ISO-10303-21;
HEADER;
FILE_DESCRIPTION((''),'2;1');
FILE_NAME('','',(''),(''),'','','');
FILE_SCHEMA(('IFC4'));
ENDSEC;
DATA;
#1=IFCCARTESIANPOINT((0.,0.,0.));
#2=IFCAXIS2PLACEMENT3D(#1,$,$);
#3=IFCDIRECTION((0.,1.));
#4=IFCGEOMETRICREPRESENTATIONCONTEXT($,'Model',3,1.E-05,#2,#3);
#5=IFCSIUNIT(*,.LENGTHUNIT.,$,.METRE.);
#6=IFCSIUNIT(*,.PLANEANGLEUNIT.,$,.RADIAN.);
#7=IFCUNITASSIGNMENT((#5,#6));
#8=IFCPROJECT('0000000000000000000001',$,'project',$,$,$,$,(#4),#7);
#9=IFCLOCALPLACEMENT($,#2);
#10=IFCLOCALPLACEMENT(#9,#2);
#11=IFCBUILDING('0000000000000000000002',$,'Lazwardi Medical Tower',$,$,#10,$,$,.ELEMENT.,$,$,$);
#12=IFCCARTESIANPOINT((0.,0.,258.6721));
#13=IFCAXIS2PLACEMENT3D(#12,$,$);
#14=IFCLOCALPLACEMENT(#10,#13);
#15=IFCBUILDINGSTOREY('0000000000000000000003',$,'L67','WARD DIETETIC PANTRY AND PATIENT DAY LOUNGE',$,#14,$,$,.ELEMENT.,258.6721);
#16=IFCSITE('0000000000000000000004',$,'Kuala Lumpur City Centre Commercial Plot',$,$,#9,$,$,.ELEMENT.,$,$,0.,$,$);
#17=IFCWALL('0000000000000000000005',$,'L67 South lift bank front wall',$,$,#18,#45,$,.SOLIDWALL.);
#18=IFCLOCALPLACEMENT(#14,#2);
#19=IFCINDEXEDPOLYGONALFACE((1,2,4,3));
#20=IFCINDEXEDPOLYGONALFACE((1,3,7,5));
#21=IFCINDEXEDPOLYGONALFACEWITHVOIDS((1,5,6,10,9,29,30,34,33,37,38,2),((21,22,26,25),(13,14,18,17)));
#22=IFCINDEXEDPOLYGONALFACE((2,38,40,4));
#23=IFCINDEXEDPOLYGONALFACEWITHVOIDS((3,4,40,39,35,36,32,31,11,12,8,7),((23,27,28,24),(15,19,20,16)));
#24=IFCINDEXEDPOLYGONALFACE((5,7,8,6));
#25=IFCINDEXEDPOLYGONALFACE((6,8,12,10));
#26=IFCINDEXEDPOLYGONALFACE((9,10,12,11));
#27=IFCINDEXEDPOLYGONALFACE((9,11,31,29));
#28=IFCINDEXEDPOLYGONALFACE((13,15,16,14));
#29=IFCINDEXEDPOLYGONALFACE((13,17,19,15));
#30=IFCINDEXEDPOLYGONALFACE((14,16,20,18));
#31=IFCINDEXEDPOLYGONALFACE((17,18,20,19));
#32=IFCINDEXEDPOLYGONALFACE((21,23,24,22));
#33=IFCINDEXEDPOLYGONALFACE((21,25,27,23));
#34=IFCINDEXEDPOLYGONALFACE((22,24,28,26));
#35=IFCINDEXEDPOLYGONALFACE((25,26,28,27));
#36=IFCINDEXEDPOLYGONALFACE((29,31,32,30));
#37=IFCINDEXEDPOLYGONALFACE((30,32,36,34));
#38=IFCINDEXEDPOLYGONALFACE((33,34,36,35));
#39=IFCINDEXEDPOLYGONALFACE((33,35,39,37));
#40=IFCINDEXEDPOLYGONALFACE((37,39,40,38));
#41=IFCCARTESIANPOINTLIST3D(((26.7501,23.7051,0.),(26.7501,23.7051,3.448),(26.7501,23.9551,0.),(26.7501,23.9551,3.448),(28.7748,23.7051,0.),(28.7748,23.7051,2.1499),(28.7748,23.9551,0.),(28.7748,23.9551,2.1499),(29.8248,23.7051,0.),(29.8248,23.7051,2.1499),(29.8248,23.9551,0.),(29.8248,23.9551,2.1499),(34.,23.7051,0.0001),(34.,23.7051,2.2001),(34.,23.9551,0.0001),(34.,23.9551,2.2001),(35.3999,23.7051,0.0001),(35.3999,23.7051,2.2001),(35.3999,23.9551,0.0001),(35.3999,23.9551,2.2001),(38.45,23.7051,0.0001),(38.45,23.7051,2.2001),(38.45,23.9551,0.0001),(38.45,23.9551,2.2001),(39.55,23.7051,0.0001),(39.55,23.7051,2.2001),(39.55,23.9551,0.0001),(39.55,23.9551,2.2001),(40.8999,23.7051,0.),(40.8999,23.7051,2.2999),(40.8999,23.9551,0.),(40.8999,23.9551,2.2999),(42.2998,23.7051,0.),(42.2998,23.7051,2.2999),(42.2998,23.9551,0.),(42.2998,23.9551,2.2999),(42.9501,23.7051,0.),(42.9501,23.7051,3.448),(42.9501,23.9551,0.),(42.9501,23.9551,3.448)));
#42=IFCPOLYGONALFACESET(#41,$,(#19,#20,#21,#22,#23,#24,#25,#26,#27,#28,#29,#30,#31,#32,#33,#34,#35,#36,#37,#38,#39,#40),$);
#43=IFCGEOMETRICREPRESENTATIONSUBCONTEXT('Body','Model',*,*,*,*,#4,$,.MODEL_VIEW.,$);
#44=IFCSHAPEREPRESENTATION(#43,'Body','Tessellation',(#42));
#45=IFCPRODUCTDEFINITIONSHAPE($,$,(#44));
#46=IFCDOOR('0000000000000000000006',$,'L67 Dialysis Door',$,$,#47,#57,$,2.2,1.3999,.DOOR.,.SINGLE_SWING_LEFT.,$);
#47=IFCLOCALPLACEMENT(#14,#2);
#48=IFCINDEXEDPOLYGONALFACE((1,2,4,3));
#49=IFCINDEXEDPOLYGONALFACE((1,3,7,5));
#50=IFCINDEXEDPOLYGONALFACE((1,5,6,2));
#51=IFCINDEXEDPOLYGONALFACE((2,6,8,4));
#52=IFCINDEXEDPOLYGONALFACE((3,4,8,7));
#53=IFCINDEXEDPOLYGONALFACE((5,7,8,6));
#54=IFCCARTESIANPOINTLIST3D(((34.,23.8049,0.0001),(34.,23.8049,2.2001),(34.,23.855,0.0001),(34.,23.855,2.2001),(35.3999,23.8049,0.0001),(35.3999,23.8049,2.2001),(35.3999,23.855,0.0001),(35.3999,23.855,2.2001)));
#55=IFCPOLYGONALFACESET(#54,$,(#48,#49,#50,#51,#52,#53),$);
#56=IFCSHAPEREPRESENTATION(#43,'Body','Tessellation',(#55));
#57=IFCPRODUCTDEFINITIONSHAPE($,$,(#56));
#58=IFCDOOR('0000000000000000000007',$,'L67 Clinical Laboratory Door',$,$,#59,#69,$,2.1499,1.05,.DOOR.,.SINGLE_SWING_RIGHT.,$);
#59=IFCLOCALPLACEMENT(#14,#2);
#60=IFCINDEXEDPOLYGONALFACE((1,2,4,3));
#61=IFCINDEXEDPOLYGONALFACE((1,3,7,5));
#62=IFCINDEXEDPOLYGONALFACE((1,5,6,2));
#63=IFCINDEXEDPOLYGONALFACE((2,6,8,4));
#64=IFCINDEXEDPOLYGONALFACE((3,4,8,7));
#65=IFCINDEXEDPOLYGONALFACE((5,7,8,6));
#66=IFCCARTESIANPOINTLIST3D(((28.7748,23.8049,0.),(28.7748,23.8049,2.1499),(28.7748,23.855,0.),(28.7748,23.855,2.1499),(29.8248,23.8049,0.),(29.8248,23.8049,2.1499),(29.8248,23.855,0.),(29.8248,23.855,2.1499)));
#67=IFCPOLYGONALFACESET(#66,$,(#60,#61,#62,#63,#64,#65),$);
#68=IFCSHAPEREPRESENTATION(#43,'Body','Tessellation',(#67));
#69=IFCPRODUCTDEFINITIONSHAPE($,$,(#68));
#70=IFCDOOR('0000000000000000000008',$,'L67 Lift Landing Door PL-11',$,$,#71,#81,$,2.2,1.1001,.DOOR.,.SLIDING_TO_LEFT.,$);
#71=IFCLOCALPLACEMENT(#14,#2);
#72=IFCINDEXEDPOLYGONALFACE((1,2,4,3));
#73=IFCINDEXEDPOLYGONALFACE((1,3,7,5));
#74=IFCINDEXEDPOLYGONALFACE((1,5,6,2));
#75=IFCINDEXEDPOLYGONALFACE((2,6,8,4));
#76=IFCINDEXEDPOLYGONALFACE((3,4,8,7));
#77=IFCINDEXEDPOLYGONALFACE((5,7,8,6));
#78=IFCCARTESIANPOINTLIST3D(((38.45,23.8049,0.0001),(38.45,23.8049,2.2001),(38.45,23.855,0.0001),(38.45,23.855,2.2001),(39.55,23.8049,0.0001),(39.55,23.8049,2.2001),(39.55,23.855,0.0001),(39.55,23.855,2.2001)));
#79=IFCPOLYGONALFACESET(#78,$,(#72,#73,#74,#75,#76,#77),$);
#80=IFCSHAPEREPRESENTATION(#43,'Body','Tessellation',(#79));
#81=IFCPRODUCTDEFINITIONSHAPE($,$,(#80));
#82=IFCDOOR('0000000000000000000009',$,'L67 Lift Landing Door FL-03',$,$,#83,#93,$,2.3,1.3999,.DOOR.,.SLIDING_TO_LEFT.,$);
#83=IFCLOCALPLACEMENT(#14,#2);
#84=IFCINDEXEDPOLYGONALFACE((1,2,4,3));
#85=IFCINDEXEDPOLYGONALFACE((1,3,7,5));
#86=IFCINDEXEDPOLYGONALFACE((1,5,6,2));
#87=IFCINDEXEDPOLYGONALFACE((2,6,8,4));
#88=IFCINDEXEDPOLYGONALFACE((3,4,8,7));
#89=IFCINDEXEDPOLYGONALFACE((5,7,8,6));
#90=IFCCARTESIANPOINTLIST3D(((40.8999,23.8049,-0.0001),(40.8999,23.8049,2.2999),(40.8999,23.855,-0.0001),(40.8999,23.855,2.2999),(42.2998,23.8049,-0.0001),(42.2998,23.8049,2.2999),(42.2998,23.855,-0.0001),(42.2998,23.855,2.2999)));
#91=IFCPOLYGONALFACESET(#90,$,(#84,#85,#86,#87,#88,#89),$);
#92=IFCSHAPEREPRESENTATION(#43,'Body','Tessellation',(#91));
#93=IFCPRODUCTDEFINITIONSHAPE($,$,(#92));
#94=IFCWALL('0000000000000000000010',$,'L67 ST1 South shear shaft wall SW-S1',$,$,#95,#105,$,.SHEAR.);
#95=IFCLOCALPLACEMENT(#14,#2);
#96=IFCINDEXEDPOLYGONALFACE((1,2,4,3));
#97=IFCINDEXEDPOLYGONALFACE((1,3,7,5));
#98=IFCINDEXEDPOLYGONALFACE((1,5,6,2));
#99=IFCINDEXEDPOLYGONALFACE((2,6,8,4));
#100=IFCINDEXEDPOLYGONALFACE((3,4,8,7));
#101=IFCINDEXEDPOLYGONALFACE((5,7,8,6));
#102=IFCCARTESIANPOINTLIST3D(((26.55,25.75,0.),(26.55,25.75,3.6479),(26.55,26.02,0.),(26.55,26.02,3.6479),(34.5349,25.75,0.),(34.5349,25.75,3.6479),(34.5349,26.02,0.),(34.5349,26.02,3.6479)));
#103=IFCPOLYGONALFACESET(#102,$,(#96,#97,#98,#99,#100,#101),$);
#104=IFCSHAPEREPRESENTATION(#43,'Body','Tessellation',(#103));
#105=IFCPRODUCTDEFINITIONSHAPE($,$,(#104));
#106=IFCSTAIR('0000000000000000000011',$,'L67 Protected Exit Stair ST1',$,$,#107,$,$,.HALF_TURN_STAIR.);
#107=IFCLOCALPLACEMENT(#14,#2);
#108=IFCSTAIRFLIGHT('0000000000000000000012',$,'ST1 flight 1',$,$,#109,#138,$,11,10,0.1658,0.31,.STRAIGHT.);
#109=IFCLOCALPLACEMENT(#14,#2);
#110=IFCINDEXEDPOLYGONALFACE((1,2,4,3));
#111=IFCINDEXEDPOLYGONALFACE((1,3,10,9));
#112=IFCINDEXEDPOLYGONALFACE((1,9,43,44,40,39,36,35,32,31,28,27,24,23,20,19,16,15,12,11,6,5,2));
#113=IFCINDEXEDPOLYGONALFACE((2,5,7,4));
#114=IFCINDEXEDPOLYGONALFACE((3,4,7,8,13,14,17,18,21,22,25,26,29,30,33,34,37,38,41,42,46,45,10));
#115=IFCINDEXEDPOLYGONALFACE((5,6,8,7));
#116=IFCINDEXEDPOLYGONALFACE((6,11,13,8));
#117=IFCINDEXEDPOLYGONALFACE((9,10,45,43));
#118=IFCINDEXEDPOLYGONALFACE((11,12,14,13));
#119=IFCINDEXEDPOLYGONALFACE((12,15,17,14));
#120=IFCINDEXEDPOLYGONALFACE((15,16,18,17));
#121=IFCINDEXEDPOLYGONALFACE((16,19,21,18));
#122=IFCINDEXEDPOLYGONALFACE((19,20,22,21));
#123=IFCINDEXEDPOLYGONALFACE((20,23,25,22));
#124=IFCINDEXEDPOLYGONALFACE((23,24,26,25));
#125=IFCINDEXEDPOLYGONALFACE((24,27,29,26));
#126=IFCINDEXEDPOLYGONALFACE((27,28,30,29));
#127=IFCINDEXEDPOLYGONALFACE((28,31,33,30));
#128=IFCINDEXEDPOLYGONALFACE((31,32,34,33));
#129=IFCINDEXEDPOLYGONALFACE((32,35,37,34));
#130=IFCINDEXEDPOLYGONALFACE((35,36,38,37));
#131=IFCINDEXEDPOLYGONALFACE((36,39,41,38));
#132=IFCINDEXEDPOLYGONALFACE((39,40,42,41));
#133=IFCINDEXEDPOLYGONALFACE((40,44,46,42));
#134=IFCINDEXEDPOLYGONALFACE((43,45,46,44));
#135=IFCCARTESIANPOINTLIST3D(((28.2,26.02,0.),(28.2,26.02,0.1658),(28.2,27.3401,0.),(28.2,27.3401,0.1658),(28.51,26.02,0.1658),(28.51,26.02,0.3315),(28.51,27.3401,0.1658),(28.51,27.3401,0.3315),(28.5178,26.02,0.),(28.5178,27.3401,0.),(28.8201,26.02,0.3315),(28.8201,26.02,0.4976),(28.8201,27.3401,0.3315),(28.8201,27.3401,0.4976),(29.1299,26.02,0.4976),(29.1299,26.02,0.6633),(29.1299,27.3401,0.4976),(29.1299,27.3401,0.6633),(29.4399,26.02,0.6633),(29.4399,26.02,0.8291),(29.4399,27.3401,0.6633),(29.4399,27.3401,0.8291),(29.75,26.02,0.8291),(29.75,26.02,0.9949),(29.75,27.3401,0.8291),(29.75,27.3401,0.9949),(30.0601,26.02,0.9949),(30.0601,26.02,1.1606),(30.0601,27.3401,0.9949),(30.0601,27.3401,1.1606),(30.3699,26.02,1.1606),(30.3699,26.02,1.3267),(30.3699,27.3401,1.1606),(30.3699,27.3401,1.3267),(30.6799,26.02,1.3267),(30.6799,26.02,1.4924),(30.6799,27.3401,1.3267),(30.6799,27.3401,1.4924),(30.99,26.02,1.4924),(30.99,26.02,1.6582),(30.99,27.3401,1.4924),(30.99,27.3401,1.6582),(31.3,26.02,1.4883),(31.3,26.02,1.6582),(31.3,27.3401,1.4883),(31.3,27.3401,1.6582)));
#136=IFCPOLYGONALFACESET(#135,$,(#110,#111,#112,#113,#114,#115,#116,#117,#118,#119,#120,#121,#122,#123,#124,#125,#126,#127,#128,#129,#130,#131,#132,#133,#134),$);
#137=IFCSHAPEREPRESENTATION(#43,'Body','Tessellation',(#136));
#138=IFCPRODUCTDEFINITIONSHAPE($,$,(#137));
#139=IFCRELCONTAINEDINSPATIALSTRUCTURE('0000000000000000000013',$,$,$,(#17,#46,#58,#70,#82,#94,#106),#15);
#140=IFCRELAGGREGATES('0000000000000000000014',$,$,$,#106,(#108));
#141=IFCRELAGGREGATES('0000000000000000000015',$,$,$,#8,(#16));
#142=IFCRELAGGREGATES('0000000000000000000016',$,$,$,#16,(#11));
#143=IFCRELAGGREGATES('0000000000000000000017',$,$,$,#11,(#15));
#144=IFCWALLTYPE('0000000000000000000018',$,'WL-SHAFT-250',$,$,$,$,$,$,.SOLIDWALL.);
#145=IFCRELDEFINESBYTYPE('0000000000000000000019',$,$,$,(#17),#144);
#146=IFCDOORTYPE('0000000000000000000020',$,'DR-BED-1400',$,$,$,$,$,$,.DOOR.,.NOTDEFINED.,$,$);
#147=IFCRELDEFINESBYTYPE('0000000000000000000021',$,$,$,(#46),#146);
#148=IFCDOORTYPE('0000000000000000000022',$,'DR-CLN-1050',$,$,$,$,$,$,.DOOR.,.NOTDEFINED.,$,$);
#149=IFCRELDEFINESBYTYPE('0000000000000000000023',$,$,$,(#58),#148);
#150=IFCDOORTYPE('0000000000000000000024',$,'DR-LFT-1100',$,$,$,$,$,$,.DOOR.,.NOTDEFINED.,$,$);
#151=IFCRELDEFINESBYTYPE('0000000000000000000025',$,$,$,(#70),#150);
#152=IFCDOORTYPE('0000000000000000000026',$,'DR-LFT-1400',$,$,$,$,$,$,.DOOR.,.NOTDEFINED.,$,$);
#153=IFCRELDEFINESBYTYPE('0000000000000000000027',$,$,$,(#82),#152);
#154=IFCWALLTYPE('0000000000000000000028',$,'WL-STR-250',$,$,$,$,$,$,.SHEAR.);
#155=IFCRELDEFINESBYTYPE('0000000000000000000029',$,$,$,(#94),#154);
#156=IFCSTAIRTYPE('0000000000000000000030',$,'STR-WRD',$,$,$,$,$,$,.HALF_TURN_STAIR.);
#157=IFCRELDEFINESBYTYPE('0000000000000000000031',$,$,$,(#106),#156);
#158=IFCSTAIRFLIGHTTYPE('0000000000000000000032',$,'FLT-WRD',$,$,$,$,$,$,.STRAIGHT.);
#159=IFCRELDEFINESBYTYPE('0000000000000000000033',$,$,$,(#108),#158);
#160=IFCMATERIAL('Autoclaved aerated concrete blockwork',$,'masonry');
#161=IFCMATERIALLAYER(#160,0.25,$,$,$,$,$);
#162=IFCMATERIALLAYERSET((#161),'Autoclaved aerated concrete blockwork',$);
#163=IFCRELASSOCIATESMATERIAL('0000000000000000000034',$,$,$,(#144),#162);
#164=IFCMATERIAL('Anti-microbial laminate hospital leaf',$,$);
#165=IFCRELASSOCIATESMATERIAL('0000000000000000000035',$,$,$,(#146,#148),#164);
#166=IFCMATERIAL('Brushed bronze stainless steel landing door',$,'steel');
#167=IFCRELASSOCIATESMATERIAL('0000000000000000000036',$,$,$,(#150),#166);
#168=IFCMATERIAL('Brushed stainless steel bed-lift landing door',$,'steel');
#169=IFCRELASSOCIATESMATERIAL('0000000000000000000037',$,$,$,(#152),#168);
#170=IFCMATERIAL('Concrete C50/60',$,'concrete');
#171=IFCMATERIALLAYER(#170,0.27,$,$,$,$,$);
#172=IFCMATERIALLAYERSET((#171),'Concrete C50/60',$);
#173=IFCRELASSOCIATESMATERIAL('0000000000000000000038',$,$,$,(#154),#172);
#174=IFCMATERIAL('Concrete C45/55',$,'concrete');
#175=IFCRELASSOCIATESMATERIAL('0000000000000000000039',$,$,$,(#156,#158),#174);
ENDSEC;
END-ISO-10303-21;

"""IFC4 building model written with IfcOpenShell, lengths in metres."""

from ifc_helpers import new_model, si_unit, direction, frame, frame_2d, origin, place, context, subcontext, project, spatial, polyline, rectangle, outline, extrude, material, layer, layer_set, type_object, element, fill, aggregate, save


model = new_model("IFC4")

# Units and contexts
model_context = context("Model", 3, precision=1e-05, world=origin(), true_north=direction((0.0, 1.0)))
body_context = subcontext(model_context, "Body", "Model", "MODEL_VIEW")
ifc_project = project(units=[si_unit("LENGTHUNIT", "METRE"), si_unit("PLANEANGLEUNIT", "RADIAN")], contexts=[model_context])

# Site, building, storey
site_placement = place(None, origin())
site = spatial("IfcSite", under=ifc_project, at=site_placement, Name="Kuala Lumpur City Centre Commercial Plot", CompositionType="ELEMENT", RefElevation=0.0)
building_placement = place(site_placement, origin())
building = spatial("IfcBuilding", under=site, at=building_placement, Name="Lazwardi Medical Tower", CompositionType="ELEMENT")
storey_placement = place(building_placement, frame((0.0, 0.0, 258.6721)))
storey = spatial("IfcBuildingStorey", under=building, at=storey_placement, Name="L67", Description="WARD DIETETIC PANTRY AND PATIENT DAY LOUNGE", CompositionType="ELEMENT", Elevation=258.6721)

# Wall, openings, doors
ifc_material_1 = material(Name="Autoclaved aerated concrete blockwork", Category="masonry")
ifc_layer_1 = layer(ifc_material_1, 0.25)
ifc_layer_set_1 = layer_set([ifc_layer_1], Name="Autoclaved aerated concrete blockwork")
wall_type_1 = type_object("IfcWallType", Name="WL-SHAFT-250", PredefinedType="SOLIDWALL", material=ifc_layer_set_1)
wall_1_placement = place(storey_placement, frame((26.75, 23.8301, 0.0), z_axis=(0.0, 0.0, 1.0), x_axis=(1.0, 0.0, 0.0)))
wall_1 = element("IfcWall", 1, at=wall_1_placement, inside=storey, type_object=wall_type_1, Name="L67 South lift bank front wall", PredefinedType="SOLIDWALL", context=body_context, shape_type="SweptSolid", body=[
    extrude(rectangle(XDim=16.2, YDim=0.25, at=frame_2d((8.1001, 0.0))), origin(), (0.0, 0.0, 1.0), 3.448),
])
opening_1_placement = place(wall_1_placement, frame((2.0249, 0.0, 0.0)))
opening_1 = element("IfcOpeningElement", 2, at=opening_1_placement, cuts=wall_1, PredefinedType="OPENING", context=body_context, shape_type="SweptSolid", body=[
    extrude(rectangle(XDim=1.05, YDim=2.1499, at=frame_2d((0.5249, 1.075))), frame((0.0, 0.135, 0.0), z_axis=(0.0, -1.0, 0.0), x_axis=(1.0, 0.0, 0.0)), (0.0, 0.0, 1.0), 0.27),
])
opening_2_placement = place(wall_1_placement, frame((7.25, 0.0, 0.0)))
opening_2 = element("IfcOpeningElement", 3, at=opening_2_placement, cuts=wall_1, PredefinedType="OPENING", context=body_context, shape_type="SweptSolid", body=[
    extrude(rectangle(XDim=1.3999, YDim=2.2, at=frame_2d((0.7, 1.1001))), frame((0.0, 0.135, 0.0), z_axis=(0.0, -1.0, 0.0), x_axis=(1.0, 0.0, 0.0)), (0.0, 0.0, 1.0), 0.27),
])
opening_3_placement = place(wall_1_placement, frame((11.7, 0.0, 0.0)))
opening_3 = element("IfcOpeningElement", 4, at=opening_3_placement, cuts=wall_1, PredefinedType="OPENING", context=body_context, shape_type="SweptSolid", body=[
    extrude(rectangle(XDim=1.1001, YDim=2.2, at=frame_2d((0.55, 1.1001))), frame((0.0, 0.135, 0.0), z_axis=(0.0, -1.0, 0.0), x_axis=(1.0, 0.0, 0.0)), (0.0, 0.0, 1.0), 0.27),
])
opening_4_placement = place(wall_1_placement, frame((14.1499, 0.0, 0.0)))
opening_4 = element("IfcOpeningElement", 5, at=opening_4_placement, cuts=wall_1, PredefinedType="OPENING", context=body_context, shape_type="SweptSolid", body=[
    extrude(rectangle(XDim=1.3999, YDim=2.3, at=frame_2d((0.7, 1.1499))), frame((0.0, 0.135, 0.0), z_axis=(0.0, -1.0, 0.0), x_axis=(1.0, 0.0, 0.0)), (0.0, 0.0, 1.0), 0.27),
])
ifc_material_2 = material(Name="Anti-microbial laminate hospital leaf")
door_type_1 = type_object("IfcDoorType", Name="DR-BED-1400", OperationType="NOTDEFINED", PredefinedType="DOOR", material=ifc_material_2)
door_1_placement = place(opening_2_placement, origin())
door_1 = element("IfcDoor", 6, at=door_1_placement, inside=storey, type_object=door_type_1, Name="L67 Dialysis Door", OperationType="SINGLE_SWING_LEFT", OverallHeight=2.2, OverallWidth=1.3999, PredefinedType="DOOR", context=body_context, shape_type="SweptSolid", body=[
    extrude(rectangle(XDim=1.3999, YDim=2.2, at=frame_2d((0.7, 1.1001))), frame((0.0, 0.0249, 0.0), z_axis=(0.0, -1.0, 0.0), x_axis=(1.0, 0.0, 0.0)), (0.0, 0.0, 1.0), 0.05),
])
fill(opening_2, door_1)
door_type_2 = type_object("IfcDoorType", Name="DR-CLN-1050", OperationType="NOTDEFINED", PredefinedType="DOOR", material=ifc_material_2)
door_2_placement = place(opening_1_placement, origin())
door_2 = element("IfcDoor", 7, at=door_2_placement, inside=storey, type_object=door_type_2, Name="L67 Clinical Laboratory Door", OperationType="SINGLE_SWING_RIGHT", OverallHeight=2.1499, OverallWidth=1.05, PredefinedType="DOOR", context=body_context, shape_type="SweptSolid", body=[
    extrude(rectangle(XDim=1.05, YDim=2.1499, at=frame_2d((0.5249, 1.075))), frame((0.0, 0.0249, 0.0), z_axis=(0.0, -1.0, 0.0), x_axis=(1.0, 0.0, 0.0)), (0.0, 0.0, 1.0), 0.05),
])
fill(opening_1, door_2)
ifc_material_3 = material(Name="Brushed bronze stainless steel landing door", Category="steel")
door_type_3 = type_object("IfcDoorType", Name="DR-LFT-1100", OperationType="NOTDEFINED", PredefinedType="DOOR", material=ifc_material_3)
door_3_placement = place(opening_3_placement, origin())
door_3 = element("IfcDoor", 8, at=door_3_placement, inside=storey, type_object=door_type_3, Name="L67 Lift Landing Door PL-11", OperationType="SLIDING_TO_LEFT", OverallHeight=2.2, OverallWidth=1.1001, PredefinedType="DOOR", context=body_context, shape_type="SweptSolid", body=[
    extrude(rectangle(XDim=1.1001, YDim=2.2, at=frame_2d((0.55, 1.1001))), frame((0.0, 0.0249, 0.0), z_axis=(0.0, -1.0, 0.0), x_axis=(1.0, 0.0, 0.0)), (0.0, 0.0, 1.0), 0.05),
])
fill(opening_3, door_3)
ifc_material_4 = material(Name="Brushed stainless steel bed-lift landing door", Category="steel")
door_type_4 = type_object("IfcDoorType", Name="DR-LFT-1400", OperationType="NOTDEFINED", PredefinedType="DOOR", material=ifc_material_4)
door_4_placement = place(opening_4_placement, origin())
door_4 = element("IfcDoor", 9, at=door_4_placement, inside=storey, type_object=door_type_4, Name="L67 Lift Landing Door FL-03", OperationType="SLIDING_TO_LEFT", OverallHeight=2.3, OverallWidth=1.3999, PredefinedType="DOOR", context=body_context, shape_type="SweptSolid", body=[
    extrude(rectangle(XDim=1.3999, YDim=2.3, at=frame_2d((0.7, 1.1499))), frame((0.0, 0.0249, 0.0), z_axis=(0.0, -1.0, 0.0), x_axis=(1.0, 0.0, 0.0)), (0.0, 0.0, 1.0), 0.05),
])
fill(opening_4, door_4)

# Wall
ifc_material_5 = material(Name="Concrete C50/60", Category="concrete")
ifc_layer_2 = layer(ifc_material_5, 0.27)
ifc_layer_set_2 = layer_set([ifc_layer_2], Name="Concrete C50/60")
wall_type_2 = type_object("IfcWallType", Name="WL-STR-250", PredefinedType="SHEAR", material=ifc_layer_set_2)
wall_2_placement = place(storey_placement, frame((26.55, 25.885, 0.0), z_axis=(0.0, 0.0, 1.0), x_axis=(1.0, 0.0, 0.0)))
element("IfcWall", 10, at=wall_2_placement, inside=storey, type_object=wall_type_2, Name="L67 ST1 South shear shaft wall SW-S1", PredefinedType="SHEAR", context=body_context, shape_type="SweptSolid", body=[
    extrude(rectangle(XDim=7.9849, YDim=0.27, at=frame_2d((3.9924, 0.0))), origin(), (0.0, 0.0, 1.0), 3.6479),
])

# Stair, stair flight
ifc_material_6 = material(Name="Concrete C45/55", Category="concrete")
stair_type = type_object("IfcStairType", Name="STR-WRD", PredefinedType="HALF_TURN_STAIR", material=ifc_material_6)
stair_placement = place(storey_placement, origin())
stair = element("IfcStair", 11, at=stair_placement, inside=storey, type_object=stair_type, Name="L67 Protected Exit Stair ST1", PredefinedType="HALF_TURN_STAIR")
stair_flight_type = type_object("IfcStairFlightType", Name="FLT-WRD", PredefinedType="STRAIGHT", material=ifc_material_6)
stair_flight_1_placement = place(storey_placement, frame((28.2, 26.6799, 0.0), z_axis=(0.0, 0.0, 1.0), x_axis=(1.0, 0.0, 0.0)))
stair_flight_1 = element("IfcStairFlight", 12, at=stair_flight_1_placement, type_object=stair_flight_type, Name="ST1 flight 1", NumberOfRisers=11, NumberOfTreads=10, PredefinedType="STRAIGHT", RiserHeight=0.1658, TreadLength=0.31, context=body_context, shape_type="SweptSolid", body=[
    extrude(outline(polyline([(0.0, 0.0), (0.0, 0.1658), (0.3101, 0.1658), (0.3101, 0.3315), (0.6201, 0.3315), (0.6201, 0.4976), (0.9299, 0.4976), (0.9299, 0.6633), (1.24, 0.6633), (1.24, 0.8291), (1.55, 0.8291), (1.55, 0.9949), (1.8601, 0.9949), (1.8601, 1.1606), (2.1699, 1.1606), (2.1699, 1.3267), (2.48, 1.3267), (2.48, 1.4924), (2.79, 1.4924), (2.79, 1.6582), (3.1001, 1.6582), (3.1001, 1.824), (3.1001, 1.4883), (0.3179, 0.0), (0.0, 0.0)])), frame((0.0, 0.6602, 0.0), z_axis=(0.0, -1.0, 0.0), x_axis=(1.0, 0.0, 0.0)), (0.0, 0.0, 1.0), 1.3201),
])
aggregate(stair, [stair_flight_1])

save(model, "model.ifc")
